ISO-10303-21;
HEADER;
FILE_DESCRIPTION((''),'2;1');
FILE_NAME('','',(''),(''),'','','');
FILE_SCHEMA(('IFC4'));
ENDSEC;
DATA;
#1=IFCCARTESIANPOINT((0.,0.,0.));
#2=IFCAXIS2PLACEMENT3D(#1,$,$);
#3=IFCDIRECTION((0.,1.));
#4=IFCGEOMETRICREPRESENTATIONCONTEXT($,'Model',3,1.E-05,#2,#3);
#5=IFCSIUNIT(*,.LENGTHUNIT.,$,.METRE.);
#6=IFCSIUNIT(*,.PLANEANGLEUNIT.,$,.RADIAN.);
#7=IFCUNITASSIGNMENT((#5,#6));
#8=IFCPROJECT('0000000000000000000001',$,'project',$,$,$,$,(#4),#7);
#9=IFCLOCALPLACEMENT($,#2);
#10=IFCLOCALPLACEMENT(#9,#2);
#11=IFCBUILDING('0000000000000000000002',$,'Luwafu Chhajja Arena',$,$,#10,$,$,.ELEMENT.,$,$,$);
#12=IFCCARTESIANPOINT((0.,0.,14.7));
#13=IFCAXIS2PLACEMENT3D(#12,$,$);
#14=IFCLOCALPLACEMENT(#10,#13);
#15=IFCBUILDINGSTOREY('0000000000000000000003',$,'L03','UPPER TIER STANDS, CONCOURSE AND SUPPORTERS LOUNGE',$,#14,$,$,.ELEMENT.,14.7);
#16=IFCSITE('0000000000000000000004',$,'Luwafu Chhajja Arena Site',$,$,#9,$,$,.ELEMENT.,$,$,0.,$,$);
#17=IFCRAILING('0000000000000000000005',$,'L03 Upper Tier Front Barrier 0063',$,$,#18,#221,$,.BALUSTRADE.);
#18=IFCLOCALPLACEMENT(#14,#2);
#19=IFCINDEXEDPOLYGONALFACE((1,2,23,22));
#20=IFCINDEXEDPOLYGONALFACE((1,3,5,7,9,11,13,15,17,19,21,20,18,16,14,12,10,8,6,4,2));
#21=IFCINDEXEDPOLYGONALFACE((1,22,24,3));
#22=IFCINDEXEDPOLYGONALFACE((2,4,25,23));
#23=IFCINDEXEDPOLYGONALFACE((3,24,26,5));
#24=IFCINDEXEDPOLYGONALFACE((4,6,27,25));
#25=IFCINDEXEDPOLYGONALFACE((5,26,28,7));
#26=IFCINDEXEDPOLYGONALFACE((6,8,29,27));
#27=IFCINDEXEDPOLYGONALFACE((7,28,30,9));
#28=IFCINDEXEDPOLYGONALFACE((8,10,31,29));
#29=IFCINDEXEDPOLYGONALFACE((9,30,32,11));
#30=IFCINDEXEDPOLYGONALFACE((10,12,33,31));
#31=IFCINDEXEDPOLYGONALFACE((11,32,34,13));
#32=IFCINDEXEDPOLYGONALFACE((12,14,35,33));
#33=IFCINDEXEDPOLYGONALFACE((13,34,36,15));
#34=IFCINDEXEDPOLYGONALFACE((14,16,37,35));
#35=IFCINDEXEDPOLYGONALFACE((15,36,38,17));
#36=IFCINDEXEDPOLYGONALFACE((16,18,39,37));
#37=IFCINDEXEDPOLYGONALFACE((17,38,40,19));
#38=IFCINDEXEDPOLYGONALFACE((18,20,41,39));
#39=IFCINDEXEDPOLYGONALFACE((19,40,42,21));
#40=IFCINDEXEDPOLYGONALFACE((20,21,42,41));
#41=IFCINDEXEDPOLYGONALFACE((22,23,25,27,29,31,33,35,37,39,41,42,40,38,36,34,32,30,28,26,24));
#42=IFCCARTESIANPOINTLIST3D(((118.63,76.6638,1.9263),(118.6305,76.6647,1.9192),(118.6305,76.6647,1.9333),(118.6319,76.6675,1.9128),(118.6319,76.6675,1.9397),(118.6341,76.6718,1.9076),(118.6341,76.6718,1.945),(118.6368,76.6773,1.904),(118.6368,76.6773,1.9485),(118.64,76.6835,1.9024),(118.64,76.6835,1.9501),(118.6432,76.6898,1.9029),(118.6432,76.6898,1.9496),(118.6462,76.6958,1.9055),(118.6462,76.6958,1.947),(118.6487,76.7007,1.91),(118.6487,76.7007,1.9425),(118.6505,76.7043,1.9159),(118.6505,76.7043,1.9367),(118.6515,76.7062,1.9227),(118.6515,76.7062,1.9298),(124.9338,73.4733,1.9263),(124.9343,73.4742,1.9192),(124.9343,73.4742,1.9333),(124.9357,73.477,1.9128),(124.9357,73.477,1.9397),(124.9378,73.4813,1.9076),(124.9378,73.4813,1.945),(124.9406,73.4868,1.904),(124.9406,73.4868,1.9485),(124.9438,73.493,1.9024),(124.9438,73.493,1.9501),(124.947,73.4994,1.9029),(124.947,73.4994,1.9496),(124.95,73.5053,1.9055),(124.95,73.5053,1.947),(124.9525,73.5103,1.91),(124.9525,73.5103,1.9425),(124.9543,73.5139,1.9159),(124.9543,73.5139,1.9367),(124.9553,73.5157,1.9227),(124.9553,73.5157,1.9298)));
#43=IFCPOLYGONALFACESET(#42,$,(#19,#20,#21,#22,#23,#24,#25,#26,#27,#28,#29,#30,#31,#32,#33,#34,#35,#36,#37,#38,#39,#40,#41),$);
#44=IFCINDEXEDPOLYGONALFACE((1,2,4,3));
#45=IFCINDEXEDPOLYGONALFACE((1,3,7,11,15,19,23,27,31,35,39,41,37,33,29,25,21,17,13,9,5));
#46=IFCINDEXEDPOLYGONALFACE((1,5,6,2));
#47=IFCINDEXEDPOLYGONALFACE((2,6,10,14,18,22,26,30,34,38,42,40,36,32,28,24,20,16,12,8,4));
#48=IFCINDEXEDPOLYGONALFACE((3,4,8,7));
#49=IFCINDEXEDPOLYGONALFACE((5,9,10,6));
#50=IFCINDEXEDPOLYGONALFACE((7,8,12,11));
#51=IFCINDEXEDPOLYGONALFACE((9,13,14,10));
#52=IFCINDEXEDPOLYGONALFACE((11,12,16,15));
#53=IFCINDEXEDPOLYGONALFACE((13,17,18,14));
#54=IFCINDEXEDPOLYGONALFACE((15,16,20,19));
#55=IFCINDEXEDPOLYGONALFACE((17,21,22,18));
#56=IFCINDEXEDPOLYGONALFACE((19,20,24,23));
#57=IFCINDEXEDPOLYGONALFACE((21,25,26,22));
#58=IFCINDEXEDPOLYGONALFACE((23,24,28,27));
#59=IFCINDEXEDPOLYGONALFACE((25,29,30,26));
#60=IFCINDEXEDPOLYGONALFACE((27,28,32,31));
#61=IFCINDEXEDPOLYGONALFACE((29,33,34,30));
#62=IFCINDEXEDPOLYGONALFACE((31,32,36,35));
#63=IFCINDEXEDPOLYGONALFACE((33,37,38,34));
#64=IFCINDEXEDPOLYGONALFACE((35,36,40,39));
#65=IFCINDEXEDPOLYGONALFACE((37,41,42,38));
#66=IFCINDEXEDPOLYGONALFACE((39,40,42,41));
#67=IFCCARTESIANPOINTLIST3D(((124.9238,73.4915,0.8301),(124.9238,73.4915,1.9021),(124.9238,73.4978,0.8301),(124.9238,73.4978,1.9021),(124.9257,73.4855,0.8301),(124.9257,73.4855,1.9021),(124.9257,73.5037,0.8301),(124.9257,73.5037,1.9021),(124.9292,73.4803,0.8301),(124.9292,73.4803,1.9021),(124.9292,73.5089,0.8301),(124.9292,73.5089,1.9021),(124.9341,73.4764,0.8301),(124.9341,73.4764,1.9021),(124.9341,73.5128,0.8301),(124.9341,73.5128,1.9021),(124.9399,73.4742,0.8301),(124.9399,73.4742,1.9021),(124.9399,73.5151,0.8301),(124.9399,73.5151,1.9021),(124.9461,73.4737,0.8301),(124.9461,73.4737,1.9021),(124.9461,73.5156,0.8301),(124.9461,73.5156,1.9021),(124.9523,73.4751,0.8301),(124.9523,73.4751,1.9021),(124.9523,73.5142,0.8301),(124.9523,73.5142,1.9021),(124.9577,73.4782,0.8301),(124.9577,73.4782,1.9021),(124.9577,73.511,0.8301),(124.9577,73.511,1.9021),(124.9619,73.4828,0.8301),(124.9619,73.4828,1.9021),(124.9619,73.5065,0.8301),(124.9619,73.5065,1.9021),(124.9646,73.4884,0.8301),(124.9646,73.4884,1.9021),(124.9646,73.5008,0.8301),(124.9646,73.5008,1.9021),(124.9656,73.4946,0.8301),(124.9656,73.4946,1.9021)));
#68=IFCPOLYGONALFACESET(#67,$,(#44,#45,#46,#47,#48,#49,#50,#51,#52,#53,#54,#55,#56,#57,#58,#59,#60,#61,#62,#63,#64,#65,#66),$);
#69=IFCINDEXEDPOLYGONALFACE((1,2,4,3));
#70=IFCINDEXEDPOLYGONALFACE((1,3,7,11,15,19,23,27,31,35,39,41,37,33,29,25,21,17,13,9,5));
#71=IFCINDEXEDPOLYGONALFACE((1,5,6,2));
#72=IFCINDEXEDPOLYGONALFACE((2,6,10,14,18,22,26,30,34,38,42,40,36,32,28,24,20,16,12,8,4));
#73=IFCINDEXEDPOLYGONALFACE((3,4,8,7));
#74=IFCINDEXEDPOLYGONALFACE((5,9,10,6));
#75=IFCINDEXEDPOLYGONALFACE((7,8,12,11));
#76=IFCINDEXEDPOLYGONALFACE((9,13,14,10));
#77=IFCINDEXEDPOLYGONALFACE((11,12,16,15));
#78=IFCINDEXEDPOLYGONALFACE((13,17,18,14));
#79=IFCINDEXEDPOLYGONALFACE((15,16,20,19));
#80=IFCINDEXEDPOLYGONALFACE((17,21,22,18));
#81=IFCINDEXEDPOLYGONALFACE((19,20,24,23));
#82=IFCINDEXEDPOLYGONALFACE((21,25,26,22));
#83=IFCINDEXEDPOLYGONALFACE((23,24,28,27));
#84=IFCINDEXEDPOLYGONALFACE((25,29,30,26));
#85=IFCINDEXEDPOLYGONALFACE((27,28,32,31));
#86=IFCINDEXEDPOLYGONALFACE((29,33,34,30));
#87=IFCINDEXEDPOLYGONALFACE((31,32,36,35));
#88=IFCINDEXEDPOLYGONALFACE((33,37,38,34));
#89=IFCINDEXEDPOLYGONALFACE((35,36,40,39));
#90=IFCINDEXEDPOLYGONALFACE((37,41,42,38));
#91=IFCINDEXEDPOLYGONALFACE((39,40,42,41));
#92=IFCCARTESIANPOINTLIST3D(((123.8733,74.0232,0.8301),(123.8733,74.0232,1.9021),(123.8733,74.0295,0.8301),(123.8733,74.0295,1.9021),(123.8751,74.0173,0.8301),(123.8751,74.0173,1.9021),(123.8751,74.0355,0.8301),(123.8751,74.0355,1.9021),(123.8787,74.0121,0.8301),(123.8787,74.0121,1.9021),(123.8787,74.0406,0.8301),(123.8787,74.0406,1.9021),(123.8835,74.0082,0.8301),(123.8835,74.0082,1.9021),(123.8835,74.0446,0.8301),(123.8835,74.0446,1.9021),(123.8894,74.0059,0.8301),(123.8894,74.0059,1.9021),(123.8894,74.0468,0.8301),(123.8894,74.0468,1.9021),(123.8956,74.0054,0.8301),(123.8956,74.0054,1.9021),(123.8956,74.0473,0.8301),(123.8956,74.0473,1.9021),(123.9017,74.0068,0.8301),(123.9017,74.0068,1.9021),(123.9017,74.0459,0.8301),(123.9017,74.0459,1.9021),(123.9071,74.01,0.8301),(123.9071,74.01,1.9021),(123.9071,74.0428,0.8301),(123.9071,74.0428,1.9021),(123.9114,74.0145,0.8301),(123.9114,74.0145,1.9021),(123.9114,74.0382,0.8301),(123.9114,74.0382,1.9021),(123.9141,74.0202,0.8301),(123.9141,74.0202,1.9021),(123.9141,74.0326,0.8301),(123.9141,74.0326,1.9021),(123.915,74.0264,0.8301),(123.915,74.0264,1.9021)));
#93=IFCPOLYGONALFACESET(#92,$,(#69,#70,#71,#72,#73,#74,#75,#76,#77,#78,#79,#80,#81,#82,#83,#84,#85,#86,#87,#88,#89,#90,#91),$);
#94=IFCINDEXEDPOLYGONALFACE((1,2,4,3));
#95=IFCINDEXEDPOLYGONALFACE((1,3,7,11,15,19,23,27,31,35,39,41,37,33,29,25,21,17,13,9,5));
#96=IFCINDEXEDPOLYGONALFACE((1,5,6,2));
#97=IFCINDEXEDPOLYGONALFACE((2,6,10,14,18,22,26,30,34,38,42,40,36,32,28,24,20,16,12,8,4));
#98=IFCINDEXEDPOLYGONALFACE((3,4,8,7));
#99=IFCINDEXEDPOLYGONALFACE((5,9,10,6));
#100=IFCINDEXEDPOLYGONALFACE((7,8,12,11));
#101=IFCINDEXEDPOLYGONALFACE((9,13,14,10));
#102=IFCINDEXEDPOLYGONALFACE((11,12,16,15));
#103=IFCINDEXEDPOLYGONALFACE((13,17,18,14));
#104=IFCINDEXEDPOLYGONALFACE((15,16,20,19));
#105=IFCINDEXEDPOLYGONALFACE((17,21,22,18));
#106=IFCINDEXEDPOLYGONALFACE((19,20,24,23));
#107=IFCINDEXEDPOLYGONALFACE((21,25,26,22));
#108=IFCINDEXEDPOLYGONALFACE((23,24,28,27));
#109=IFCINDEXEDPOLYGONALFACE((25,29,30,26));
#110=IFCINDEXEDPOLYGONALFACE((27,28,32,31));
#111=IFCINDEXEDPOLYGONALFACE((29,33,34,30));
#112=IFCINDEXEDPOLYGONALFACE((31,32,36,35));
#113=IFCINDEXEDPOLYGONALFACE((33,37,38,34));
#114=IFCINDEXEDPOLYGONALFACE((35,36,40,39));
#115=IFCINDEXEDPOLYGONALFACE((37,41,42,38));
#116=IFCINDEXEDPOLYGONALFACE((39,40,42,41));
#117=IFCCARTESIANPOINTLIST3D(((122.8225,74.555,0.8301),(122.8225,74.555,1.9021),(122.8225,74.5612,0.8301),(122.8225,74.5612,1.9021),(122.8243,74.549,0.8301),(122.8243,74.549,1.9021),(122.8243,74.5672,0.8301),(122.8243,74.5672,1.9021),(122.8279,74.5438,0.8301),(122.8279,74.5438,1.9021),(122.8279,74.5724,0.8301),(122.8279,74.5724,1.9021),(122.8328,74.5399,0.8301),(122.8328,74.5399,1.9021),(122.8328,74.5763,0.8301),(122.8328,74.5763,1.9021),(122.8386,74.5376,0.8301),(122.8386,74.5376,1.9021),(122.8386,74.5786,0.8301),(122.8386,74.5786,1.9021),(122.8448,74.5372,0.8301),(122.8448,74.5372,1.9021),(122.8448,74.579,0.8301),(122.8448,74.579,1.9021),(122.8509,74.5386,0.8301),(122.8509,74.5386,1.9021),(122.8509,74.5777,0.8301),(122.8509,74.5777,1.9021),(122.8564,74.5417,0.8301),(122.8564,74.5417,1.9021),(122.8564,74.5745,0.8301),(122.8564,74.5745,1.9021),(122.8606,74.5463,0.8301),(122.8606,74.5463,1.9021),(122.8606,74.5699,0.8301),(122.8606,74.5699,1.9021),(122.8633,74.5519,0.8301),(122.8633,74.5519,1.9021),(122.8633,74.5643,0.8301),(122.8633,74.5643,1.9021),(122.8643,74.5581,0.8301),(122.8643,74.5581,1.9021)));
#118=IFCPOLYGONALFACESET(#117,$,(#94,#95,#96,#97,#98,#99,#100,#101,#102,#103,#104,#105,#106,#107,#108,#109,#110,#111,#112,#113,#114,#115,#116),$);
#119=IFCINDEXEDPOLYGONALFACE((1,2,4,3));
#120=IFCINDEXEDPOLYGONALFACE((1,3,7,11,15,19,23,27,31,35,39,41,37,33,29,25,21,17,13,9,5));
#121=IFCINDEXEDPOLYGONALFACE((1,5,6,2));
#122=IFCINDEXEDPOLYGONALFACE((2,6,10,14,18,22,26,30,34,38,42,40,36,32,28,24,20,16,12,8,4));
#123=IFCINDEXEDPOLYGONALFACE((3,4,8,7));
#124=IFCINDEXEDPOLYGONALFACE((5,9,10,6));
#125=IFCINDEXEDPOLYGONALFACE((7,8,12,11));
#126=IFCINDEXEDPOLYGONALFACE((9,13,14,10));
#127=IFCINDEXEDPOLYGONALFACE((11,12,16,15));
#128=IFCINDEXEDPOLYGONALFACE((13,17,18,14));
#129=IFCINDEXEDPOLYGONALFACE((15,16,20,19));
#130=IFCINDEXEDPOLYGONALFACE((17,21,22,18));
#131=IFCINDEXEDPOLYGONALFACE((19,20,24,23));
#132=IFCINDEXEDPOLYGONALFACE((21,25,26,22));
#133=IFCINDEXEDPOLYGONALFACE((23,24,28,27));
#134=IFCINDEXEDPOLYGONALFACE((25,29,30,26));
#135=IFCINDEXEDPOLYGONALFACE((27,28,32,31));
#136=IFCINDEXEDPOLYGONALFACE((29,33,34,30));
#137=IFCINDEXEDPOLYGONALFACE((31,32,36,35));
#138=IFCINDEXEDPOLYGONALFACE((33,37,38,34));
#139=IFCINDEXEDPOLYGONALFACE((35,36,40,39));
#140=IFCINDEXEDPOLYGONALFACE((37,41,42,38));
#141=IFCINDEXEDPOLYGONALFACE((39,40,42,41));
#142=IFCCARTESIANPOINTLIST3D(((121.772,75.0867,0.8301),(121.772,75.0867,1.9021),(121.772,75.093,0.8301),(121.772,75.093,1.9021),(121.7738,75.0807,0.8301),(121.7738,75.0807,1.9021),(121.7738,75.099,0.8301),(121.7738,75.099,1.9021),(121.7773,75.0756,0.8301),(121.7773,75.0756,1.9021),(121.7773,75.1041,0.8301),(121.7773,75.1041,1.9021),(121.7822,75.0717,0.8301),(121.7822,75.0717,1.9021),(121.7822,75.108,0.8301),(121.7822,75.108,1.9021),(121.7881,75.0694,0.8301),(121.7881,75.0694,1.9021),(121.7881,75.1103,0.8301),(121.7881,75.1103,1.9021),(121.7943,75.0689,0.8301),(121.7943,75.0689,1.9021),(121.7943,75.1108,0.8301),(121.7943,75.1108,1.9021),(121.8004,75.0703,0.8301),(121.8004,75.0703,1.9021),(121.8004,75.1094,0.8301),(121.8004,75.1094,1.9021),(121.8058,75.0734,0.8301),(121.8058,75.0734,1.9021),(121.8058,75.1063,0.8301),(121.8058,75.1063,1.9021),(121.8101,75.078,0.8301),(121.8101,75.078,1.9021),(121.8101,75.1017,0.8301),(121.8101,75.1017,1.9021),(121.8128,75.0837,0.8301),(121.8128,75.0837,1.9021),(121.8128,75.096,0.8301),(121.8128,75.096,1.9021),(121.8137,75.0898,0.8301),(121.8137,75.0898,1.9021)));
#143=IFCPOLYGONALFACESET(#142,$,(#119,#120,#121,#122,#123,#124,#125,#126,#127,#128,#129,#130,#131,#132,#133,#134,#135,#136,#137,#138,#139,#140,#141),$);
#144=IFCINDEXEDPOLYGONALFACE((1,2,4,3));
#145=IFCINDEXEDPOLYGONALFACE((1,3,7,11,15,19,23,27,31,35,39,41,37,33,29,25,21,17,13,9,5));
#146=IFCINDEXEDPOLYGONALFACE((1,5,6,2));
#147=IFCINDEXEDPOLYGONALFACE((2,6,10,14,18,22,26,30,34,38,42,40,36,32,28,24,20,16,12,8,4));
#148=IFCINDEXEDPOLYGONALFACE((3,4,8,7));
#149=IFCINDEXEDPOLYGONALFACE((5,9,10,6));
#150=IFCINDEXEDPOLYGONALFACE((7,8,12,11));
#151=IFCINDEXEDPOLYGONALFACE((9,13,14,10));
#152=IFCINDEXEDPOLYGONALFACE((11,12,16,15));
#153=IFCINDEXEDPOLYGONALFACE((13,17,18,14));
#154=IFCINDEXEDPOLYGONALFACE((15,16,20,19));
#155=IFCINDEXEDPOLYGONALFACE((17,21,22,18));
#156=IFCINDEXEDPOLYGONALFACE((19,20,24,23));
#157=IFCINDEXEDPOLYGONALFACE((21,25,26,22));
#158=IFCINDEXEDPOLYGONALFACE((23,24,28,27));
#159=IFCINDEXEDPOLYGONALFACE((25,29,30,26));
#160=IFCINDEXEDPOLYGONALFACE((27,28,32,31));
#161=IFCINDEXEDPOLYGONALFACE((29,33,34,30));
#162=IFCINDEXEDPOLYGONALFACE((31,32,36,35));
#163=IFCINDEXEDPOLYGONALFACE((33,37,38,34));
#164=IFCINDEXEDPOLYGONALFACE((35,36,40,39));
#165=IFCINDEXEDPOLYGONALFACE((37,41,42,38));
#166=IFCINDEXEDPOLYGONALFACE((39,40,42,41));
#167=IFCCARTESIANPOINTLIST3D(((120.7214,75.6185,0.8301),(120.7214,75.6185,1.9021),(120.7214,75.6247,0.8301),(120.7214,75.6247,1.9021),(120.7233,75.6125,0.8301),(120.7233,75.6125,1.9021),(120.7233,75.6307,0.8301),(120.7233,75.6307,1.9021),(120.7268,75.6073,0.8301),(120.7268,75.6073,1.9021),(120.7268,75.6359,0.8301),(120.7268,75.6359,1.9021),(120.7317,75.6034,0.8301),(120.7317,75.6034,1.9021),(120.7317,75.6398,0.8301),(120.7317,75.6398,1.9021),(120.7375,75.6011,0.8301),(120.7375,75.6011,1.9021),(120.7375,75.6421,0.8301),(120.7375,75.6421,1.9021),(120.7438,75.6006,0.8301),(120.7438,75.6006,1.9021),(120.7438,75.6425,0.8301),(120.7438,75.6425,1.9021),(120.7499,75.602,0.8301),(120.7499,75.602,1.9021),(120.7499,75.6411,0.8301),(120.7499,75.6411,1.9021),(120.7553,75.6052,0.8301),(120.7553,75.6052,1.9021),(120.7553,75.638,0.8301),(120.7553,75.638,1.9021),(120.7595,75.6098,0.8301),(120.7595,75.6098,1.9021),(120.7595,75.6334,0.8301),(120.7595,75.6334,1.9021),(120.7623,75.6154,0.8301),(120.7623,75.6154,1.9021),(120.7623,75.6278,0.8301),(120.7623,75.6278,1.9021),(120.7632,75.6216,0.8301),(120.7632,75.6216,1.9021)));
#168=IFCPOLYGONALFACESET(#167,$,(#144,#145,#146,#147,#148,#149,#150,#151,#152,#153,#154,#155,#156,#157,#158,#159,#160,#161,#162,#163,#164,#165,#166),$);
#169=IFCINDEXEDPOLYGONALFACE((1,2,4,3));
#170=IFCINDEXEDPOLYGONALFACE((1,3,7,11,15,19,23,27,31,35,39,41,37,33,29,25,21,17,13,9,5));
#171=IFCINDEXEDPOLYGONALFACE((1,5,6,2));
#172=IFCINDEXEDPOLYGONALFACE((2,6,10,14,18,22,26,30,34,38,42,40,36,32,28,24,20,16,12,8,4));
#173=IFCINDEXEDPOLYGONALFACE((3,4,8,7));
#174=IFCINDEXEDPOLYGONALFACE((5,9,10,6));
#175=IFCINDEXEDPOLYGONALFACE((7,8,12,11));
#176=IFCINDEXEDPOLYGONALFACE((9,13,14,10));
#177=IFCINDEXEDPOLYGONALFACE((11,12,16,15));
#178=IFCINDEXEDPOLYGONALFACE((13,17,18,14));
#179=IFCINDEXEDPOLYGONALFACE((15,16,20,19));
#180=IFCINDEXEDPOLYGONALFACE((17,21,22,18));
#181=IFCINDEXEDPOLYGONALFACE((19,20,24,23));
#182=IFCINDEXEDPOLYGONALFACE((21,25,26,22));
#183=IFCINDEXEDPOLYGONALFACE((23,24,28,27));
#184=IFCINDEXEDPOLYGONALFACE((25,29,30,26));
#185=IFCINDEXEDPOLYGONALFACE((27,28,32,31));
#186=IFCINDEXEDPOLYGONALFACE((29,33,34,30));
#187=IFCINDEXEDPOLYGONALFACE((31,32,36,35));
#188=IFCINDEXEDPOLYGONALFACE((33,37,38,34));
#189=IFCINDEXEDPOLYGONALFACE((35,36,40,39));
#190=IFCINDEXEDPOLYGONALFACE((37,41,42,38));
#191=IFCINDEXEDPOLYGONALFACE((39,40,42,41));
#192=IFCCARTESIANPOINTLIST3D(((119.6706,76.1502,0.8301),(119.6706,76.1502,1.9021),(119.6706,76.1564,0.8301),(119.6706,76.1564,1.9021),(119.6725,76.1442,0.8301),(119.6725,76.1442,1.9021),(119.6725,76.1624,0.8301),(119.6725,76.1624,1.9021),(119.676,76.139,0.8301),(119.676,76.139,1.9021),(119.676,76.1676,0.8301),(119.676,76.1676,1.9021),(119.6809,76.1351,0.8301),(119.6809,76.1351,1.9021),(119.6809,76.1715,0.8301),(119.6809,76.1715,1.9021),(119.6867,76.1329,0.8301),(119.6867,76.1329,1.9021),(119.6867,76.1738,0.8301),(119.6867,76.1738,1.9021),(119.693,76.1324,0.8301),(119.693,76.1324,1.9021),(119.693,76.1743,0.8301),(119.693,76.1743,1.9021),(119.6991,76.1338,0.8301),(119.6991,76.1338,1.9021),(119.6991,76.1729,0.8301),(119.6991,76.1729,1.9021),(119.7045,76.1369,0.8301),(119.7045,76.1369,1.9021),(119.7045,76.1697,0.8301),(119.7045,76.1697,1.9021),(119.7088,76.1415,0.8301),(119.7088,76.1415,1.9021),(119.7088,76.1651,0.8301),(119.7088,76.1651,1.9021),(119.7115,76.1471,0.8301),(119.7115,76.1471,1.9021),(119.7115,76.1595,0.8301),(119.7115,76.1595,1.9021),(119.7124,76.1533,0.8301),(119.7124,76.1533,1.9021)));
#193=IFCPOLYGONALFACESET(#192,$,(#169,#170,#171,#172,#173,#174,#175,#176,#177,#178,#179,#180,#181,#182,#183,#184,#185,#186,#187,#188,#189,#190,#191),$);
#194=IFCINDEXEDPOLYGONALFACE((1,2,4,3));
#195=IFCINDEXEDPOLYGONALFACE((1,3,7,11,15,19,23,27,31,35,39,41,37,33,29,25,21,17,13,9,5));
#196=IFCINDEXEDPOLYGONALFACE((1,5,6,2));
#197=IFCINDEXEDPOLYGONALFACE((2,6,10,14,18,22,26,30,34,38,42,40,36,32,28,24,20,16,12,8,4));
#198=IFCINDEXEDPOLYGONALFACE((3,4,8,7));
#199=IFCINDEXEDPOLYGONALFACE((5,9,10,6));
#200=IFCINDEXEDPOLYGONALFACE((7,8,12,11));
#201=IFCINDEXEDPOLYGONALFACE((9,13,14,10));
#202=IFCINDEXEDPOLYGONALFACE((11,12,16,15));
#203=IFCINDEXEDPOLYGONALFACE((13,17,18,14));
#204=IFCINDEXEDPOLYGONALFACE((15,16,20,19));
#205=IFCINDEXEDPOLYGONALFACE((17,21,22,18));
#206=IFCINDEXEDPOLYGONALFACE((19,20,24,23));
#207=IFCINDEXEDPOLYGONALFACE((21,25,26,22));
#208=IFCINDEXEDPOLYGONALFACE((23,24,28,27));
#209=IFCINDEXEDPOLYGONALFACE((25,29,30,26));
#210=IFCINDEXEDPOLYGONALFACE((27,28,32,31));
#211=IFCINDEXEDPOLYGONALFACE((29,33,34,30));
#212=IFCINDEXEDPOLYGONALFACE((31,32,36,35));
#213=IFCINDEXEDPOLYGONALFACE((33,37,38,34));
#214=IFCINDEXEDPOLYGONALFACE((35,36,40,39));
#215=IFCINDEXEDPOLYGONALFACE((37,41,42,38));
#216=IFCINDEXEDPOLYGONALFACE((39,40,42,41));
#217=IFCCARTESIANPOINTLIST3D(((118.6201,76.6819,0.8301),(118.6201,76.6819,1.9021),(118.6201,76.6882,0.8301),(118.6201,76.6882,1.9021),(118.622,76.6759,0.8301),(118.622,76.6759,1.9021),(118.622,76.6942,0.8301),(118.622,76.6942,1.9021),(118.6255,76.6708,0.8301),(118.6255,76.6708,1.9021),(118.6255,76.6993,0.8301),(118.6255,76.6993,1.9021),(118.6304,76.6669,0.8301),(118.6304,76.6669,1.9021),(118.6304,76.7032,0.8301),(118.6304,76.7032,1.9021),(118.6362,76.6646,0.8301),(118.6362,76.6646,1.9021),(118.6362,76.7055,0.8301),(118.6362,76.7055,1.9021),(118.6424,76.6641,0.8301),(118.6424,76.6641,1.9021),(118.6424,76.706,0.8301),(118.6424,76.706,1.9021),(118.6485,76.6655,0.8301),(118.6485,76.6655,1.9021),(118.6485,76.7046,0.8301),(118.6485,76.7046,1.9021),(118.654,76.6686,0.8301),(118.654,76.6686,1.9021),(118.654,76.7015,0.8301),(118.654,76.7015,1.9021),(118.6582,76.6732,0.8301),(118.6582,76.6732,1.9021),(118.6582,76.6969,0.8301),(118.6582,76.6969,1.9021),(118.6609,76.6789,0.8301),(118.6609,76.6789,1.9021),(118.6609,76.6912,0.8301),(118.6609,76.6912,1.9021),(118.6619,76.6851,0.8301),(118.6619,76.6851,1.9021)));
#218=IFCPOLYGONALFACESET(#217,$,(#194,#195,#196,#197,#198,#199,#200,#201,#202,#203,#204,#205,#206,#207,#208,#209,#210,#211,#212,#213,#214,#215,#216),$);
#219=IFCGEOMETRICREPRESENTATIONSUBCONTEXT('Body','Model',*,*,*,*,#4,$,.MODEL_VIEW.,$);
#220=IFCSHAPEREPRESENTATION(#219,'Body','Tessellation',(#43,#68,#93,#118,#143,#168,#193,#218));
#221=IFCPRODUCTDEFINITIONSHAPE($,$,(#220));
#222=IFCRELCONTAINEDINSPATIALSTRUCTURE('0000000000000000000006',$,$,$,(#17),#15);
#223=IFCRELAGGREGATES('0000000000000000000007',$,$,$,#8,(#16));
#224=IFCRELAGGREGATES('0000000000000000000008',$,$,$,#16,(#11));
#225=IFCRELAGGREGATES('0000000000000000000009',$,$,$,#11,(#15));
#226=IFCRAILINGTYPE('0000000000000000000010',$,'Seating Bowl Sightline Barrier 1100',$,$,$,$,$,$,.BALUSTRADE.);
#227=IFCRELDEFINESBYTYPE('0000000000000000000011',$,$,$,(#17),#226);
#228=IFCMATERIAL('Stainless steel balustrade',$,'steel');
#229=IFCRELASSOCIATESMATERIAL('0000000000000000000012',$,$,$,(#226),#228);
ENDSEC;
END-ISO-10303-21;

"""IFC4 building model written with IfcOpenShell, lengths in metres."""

from ifc_helpers import new_model, si_unit, direction, frame, origin, origin_2d, place, context, subcontext, project, spatial, circle, extrude, material, type_object, element, save


model = new_model("IFC4")

# Units and contexts
model_context = context("Model", 3, precision=1e-05, world=origin(), true_north=direction((0.0, 1.0)))
body_context = subcontext(model_context, "Body", "Model", "MODEL_VIEW")
ifc_project = project(units=[si_unit("LENGTHUNIT", "METRE"), si_unit("PLANEANGLEUNIT", "RADIAN")], contexts=[model_context])

# Site, building, storey
site_placement = place(None, origin())
site = spatial("IfcSite", under=ifc_project, at=site_placement, Name="Luwafu Chhajja Arena Site", CompositionType="ELEMENT", RefElevation=0.0)
building_placement = place(site_placement, origin())
building = spatial("IfcBuilding", under=site, at=building_placement, Name="Luwafu Chhajja Arena", CompositionType="ELEMENT")
storey_placement = place(building_placement, frame((0.0, 0.0, 14.7)))
storey = spatial("IfcBuildingStorey", under=building, at=storey_placement, Name="L03", Description="UPPER TIER STANDS, CONCOURSE AND SUPPORTERS LOUNGE", CompositionType="ELEMENT", Elevation=14.7)

# Railing
ifc_material_1 = material(Name="Stainless steel balustrade", Category="steel")
railing_type = type_object("IfcRailingType", Name="Seating Bowl Sightline Barrier 1100", PredefinedType="BALUSTRADE", material=ifc_material_1)
railing_1_placement = place(storey_placement, frame((124.9446, 73.4946, 0.8301)))
element("IfcRailing", 1, at=railing_1_placement, inside=storey, type_object=railing_type, Name="L03 Upper Tier Front Barrier 0063", PredefinedType="BALUSTRADE", context=body_context, shape_type="SweptSolid", body=[
    extrude(circle(Radius=0.0239, at=origin_2d()), frame((0.0, 0.0, 1.0962), z_axis=(-0.892233, 0.451576, 0.0), x_axis=(-0.451576, -0.892233, 0.0)), (0.0, 0.0, 1.0), 7.0652),
    extrude(circle(Radius=0.021, at=origin_2d()), origin(), (0.0, 0.0, 1.0), 1.072),
    extrude(circle(Radius=0.021, at=origin_2d()), frame((-1.0505, 0.5317, 0.0)), (0.0, 0.0, 1.0), 1.072),
    extrude(circle(Radius=0.021, at=origin_2d()), frame((-2.1013, 1.0635, 0.0)), (0.0, 0.0, 1.0), 1.072),
    extrude(circle(Radius=0.021, at=origin_2d()), frame((-3.1519, 1.5952, 0.0)), (0.0, 0.0, 1.0), 1.072),
    extrude(circle(Radius=0.021, at=origin_2d()), frame((-4.2024, 2.127, 0.0)), (0.0, 0.0, 1.0), 1.072),
    extrude(circle(Radius=0.021, at=origin_2d()), frame((-5.2532, 2.6587, 0.0)), (0.0, 0.0, 1.0), 1.072),
    extrude(circle(Radius=0.021, at=origin_2d()), frame((-6.3037, 3.1904, 0.0)), (0.0, 0.0, 1.0), 1.072),
])

save(model, "model.ifc")
